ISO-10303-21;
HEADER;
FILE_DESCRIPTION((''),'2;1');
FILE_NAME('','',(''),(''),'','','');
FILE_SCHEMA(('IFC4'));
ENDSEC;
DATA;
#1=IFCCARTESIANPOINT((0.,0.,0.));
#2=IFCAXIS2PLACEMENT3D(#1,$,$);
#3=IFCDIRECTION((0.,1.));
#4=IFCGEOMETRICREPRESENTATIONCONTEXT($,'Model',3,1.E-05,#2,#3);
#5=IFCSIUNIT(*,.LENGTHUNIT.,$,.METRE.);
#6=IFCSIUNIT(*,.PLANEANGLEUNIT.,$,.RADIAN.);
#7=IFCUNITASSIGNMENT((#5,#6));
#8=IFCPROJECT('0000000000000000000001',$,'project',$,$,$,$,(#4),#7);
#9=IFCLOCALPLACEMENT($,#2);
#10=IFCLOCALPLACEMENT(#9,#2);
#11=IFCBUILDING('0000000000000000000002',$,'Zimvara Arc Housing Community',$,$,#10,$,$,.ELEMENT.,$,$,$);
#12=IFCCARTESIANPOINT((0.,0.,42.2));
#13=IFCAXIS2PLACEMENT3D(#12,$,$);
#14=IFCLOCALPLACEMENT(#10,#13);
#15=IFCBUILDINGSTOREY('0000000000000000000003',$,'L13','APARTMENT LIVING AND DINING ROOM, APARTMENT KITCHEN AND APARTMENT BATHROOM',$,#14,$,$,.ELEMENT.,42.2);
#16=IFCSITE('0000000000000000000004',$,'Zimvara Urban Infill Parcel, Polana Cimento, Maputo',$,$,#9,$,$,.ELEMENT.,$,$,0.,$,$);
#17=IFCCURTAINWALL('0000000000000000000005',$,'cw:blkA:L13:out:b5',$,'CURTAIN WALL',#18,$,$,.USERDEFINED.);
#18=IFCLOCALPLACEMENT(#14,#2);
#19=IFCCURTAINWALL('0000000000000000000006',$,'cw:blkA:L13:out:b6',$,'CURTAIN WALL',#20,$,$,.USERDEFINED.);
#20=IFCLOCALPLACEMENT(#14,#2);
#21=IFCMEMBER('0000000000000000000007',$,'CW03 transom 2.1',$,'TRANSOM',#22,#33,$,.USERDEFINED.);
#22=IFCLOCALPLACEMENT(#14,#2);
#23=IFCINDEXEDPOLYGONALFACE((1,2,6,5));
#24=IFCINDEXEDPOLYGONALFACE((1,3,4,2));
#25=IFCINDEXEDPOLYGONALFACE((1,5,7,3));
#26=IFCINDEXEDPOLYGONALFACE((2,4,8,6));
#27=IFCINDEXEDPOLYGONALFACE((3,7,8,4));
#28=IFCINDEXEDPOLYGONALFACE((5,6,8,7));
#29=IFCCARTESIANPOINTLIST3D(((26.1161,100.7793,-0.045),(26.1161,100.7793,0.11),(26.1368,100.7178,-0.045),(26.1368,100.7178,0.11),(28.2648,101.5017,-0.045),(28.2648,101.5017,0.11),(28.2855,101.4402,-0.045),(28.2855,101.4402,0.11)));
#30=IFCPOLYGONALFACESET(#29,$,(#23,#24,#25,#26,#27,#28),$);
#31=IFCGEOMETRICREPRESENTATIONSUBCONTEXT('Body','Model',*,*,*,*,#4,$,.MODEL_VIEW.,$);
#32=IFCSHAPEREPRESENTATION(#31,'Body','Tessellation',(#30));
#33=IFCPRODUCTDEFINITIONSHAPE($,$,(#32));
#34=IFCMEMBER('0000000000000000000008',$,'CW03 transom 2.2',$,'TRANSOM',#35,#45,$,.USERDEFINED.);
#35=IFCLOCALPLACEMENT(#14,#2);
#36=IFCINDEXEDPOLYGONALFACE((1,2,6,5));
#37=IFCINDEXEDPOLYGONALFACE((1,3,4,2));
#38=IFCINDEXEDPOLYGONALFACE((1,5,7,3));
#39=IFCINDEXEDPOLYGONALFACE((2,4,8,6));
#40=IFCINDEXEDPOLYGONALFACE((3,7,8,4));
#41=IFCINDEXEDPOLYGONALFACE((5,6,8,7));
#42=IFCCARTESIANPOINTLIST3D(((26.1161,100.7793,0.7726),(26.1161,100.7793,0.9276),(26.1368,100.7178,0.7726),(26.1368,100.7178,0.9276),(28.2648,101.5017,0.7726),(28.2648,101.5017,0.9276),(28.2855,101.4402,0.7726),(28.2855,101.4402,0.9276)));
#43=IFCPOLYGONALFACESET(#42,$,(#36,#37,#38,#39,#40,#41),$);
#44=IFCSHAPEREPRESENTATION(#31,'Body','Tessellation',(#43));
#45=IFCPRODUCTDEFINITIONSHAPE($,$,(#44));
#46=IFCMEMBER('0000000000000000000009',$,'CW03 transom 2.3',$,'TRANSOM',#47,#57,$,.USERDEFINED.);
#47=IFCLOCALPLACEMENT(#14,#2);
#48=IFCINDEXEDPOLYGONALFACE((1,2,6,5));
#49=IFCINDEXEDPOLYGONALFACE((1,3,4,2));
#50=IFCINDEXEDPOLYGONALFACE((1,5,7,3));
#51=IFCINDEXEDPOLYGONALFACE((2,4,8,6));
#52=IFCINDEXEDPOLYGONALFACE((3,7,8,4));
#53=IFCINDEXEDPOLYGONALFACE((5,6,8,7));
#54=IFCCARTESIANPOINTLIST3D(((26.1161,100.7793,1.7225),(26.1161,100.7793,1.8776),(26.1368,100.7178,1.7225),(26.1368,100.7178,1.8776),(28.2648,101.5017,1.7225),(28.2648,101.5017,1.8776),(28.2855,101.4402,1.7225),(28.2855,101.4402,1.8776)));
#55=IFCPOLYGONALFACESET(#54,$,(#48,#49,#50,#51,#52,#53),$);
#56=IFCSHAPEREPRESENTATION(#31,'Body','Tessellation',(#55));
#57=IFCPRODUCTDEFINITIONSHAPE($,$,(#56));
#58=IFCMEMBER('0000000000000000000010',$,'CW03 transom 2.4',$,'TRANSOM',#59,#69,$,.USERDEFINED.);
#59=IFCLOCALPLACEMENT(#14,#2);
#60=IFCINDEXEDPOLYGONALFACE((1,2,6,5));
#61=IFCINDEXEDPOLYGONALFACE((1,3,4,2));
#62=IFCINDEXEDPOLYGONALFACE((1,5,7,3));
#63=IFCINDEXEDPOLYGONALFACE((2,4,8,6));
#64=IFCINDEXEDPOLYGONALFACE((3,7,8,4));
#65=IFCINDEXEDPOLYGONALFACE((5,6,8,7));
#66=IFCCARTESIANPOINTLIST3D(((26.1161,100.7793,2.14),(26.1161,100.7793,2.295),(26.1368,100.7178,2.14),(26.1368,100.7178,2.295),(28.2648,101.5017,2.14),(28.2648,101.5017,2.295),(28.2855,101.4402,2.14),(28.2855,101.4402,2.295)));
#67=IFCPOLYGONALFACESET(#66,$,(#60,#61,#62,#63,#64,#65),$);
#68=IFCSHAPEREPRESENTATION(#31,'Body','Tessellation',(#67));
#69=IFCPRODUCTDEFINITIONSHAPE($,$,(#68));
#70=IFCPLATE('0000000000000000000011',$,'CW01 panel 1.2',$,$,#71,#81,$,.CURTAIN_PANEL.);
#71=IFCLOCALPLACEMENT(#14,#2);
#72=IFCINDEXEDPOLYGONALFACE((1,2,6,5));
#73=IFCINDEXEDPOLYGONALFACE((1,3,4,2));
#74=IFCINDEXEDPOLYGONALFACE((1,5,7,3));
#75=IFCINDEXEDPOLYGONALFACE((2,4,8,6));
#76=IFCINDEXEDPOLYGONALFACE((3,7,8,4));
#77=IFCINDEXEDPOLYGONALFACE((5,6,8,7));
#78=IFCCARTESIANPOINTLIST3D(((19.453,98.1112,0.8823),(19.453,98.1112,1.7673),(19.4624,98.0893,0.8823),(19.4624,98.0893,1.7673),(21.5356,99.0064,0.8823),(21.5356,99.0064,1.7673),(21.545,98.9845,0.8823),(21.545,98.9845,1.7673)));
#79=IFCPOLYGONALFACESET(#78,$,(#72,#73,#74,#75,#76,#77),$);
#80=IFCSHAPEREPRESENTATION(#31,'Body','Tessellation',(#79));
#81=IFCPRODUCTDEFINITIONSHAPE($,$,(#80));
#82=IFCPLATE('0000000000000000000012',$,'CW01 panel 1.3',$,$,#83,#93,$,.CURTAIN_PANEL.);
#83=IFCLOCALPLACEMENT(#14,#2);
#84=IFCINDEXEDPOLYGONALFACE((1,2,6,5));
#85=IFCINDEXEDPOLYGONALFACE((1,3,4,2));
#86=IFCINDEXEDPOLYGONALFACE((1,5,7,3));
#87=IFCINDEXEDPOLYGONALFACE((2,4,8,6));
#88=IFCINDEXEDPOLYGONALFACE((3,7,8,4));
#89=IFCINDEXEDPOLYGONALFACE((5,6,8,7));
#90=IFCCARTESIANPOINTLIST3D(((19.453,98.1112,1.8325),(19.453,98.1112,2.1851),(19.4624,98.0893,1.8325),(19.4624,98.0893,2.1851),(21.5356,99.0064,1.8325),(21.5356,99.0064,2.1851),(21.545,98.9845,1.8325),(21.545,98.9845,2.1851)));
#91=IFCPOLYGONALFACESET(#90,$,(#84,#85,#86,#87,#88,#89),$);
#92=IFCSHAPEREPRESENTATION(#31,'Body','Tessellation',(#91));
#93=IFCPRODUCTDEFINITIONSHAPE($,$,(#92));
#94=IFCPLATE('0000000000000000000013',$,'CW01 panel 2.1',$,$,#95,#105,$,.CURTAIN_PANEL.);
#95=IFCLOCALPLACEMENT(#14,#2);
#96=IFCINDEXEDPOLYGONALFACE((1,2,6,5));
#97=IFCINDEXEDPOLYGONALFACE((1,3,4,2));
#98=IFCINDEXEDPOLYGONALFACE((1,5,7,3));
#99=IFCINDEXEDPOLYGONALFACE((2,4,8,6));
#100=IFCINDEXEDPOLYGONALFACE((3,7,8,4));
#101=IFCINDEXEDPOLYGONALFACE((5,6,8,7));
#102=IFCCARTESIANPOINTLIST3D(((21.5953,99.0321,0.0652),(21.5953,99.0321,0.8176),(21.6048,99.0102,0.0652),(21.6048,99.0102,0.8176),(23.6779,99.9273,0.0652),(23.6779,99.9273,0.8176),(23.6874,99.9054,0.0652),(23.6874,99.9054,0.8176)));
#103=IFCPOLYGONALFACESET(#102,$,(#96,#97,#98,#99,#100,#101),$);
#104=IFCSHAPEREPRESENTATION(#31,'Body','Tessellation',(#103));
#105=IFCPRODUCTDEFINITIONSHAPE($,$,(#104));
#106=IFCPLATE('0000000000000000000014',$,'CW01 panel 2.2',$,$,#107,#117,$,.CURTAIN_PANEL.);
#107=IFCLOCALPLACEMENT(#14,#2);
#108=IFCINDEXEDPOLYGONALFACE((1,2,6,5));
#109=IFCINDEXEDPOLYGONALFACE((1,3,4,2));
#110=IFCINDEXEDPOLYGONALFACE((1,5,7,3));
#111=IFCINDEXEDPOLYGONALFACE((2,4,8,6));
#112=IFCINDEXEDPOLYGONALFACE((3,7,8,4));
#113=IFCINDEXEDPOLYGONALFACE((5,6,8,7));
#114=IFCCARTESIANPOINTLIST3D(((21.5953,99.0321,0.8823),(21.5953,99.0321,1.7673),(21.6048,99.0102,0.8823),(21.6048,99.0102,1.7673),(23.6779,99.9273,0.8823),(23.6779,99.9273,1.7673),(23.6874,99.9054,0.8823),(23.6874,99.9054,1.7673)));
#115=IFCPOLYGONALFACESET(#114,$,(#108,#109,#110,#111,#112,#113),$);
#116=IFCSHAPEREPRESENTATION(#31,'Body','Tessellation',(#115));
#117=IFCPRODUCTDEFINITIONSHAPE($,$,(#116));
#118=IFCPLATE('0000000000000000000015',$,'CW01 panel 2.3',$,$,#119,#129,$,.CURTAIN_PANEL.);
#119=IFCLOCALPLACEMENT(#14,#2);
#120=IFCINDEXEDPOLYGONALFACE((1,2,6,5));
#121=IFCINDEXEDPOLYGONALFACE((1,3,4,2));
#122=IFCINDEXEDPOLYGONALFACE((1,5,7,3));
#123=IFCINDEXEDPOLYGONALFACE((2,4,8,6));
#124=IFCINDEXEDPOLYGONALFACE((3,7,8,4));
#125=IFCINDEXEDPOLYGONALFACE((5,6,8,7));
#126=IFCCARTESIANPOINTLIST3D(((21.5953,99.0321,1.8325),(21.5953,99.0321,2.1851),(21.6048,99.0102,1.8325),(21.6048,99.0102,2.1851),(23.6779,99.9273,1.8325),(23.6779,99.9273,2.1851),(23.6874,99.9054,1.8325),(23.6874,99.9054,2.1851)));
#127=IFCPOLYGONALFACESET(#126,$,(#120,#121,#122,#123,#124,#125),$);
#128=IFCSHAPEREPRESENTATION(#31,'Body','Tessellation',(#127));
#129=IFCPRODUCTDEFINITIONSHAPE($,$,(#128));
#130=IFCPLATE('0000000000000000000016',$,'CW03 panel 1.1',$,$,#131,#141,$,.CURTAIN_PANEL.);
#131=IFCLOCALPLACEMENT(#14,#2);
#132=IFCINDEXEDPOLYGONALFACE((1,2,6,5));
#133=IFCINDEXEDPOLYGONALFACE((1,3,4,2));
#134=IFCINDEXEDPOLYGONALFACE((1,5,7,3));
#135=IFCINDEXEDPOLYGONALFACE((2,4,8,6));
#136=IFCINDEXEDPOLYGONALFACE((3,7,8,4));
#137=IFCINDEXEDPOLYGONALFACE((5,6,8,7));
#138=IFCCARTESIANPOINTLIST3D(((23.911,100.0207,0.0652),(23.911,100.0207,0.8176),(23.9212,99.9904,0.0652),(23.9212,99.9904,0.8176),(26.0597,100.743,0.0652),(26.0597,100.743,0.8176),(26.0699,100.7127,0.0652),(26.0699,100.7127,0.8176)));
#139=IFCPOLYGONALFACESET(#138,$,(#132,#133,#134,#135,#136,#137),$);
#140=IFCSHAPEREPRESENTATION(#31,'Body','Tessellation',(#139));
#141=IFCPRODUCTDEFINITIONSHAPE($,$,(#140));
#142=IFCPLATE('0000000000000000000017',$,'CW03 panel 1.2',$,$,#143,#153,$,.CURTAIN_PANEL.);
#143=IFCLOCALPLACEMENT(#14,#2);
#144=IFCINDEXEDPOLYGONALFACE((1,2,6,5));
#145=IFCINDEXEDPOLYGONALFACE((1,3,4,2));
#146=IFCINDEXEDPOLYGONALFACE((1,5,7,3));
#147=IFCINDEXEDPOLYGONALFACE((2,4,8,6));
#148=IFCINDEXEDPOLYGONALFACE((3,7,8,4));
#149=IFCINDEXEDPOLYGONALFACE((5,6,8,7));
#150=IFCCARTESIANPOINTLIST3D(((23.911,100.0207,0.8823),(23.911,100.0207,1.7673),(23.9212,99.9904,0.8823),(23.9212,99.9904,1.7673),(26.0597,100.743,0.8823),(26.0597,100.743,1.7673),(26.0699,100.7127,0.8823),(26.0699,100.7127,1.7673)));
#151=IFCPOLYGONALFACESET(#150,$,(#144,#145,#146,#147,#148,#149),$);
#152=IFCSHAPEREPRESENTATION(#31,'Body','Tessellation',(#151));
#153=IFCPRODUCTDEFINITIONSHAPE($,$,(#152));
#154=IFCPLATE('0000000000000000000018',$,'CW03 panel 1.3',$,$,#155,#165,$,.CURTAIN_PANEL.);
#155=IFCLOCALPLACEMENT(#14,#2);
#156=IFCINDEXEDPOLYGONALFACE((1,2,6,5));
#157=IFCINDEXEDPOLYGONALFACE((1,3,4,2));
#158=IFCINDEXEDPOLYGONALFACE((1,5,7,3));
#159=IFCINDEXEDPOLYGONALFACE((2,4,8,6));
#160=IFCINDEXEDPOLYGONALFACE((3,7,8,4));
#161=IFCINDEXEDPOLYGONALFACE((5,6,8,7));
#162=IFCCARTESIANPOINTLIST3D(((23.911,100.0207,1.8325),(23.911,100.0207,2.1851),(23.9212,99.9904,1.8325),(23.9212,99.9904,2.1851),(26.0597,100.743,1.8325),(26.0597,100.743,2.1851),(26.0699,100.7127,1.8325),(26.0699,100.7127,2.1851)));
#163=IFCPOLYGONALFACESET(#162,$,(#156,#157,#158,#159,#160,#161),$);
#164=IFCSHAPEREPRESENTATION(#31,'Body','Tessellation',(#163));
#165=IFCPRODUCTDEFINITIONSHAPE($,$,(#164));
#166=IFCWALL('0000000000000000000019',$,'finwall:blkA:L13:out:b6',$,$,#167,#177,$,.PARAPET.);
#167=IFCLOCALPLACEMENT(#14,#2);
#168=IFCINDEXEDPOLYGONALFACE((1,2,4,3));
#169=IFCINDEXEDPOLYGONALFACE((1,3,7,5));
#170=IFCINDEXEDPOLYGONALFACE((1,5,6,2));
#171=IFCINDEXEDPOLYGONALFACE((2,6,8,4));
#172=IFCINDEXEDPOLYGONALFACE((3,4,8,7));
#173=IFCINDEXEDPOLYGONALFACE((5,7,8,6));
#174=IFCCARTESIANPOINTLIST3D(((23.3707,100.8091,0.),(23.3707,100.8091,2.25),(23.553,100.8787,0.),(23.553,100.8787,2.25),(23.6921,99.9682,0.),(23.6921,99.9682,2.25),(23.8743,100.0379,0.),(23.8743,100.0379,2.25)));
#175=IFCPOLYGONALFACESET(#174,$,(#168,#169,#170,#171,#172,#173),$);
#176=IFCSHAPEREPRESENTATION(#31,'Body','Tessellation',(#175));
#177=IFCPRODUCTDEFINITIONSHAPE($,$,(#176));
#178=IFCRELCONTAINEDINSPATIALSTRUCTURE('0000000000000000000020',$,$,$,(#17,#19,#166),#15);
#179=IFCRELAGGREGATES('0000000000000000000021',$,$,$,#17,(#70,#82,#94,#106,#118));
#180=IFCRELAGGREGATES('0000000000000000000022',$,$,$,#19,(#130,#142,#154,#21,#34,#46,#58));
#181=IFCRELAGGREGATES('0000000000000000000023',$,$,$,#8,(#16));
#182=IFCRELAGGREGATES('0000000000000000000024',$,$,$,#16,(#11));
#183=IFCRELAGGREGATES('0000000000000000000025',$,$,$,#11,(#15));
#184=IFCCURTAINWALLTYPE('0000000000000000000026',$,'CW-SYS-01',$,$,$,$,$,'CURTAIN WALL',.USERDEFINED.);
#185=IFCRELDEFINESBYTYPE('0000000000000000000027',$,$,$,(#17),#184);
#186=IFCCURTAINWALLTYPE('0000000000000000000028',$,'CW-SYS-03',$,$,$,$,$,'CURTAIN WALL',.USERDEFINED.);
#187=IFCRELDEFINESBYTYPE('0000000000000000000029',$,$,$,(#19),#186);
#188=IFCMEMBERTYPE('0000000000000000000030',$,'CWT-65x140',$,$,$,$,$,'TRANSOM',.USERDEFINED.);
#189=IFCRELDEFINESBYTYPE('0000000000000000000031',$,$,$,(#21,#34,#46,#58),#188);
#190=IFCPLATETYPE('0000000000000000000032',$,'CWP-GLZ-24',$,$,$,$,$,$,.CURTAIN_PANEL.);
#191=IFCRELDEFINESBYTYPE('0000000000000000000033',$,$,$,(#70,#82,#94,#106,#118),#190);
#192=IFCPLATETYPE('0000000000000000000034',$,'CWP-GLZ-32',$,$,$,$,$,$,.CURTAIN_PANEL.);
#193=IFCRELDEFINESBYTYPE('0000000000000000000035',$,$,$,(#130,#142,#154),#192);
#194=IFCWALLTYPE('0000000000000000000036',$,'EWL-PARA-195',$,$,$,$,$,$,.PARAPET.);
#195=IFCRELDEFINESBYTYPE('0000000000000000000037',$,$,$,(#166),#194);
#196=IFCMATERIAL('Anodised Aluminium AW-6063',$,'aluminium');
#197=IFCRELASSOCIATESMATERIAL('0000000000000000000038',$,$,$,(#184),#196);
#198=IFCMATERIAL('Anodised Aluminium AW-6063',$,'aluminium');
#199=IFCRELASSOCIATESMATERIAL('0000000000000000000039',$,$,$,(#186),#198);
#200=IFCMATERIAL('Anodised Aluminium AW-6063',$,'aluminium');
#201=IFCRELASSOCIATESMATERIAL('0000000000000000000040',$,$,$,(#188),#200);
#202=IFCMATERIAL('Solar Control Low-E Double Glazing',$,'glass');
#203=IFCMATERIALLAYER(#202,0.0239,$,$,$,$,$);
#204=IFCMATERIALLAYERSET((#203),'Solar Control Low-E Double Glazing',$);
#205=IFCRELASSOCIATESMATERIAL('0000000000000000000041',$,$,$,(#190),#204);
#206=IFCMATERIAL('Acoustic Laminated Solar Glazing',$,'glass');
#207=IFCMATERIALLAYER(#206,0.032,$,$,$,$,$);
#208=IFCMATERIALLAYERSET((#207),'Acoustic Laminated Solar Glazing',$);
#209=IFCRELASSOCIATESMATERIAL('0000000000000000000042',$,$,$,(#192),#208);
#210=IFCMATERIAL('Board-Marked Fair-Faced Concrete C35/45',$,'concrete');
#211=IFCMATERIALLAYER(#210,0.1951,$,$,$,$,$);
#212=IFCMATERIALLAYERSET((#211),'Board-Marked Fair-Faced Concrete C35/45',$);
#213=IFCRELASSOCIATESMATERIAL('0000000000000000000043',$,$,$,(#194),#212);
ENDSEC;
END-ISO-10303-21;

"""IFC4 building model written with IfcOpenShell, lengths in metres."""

from ifc_helpers import new_model, si_unit, direction, frame, frame_2d, origin, origin_2d, place, context, subcontext, project, spatial, rectangle, extrude, material, layer, layer_set, material_profile, profile_set, type_object, element, aggregate, save


model = new_model("IFC4")

# Units and contexts
model_context = context("Model", 3, precision=1e-05, world=origin(), true_north=direction((0.0, 1.0)))
body_context = subcontext(model_context, "Body", "Model", "MODEL_VIEW")
ifc_project = project(units=[si_unit("LENGTHUNIT", "METRE"), si_unit("PLANEANGLEUNIT", "RADIAN")], contexts=[model_context])

# Site, building, storey
site_placement = place(None, origin())
site = spatial("IfcSite", under=ifc_project, at=site_placement, Name="Zimvara Urban Infill Parcel, Polana Cimento, Maputo", CompositionType="ELEMENT", RefElevation=0.0)
building_placement = place(site_placement, origin())
building = spatial("IfcBuilding", under=site, at=building_placement, Name="Zimvara Arc Housing Community", CompositionType="ELEMENT")
storey_placement = place(building_placement, frame((0.0, 0.0, 42.2)))
storey = spatial("IfcBuildingStorey", under=building, at=storey_placement, Name="L13", Description="APARTMENT LIVING AND DINING ROOM, APARTMENT KITCHEN AND APARTMENT BATHROOM", CompositionType="ELEMENT", Elevation=42.2)

# Curtain walls
ifc_material_1 = material(Name="Anodised Aluminium AW-6063", Category="aluminium")
curtain_wall_type_1 = type_object("IfcCurtainWallType", Name="CW-SYS-01", ElementType="CURTAIN WALL", PredefinedType="USERDEFINED", material=ifc_material_1)
curtain_wall_1_placement = place(storey_placement, origin())
curtain_wall_1 = element("IfcCurtainWall", 1, at=curtain_wall_1_placement, inside=storey, type_object=curtain_wall_type_1, Name="cw:blkA:L13:out:b5", ObjectType="CURTAIN WALL", PredefinedType="USERDEFINED")
ifc_material_2 = material(Name="Anodised Aluminium AW-6063", Category="aluminium")
curtain_wall_type_2 = type_object("IfcCurtainWallType", Name="CW-SYS-03", ElementType="CURTAIN WALL", PredefinedType="USERDEFINED", material=ifc_material_2)
curtain_wall_2_placement = place(storey_placement, origin())
curtain_wall_2 = element("IfcCurtainWall", 2, at=curtain_wall_2_placement, inside=storey, type_object=curtain_wall_type_2, Name="cw:blkA:L13:out:b6", ObjectType="CURTAIN WALL", PredefinedType="USERDEFINED")

# Members
ifc_material_3 = material(Name="Anodised Aluminium AW-6063", Category="aluminium")
ifc_material_profile_1 = material_profile(ifc_material_3, rectangle(XDim=0.0649, YDim=0.155, at=origin_2d()), Name="ALU 65x155")
ifc_profile_set_1 = profile_set([ifc_material_profile_1], Name="Anodised Aluminium AW-6063")
member_type_1 = type_object("IfcMemberType", Name="CWT-65x140", ElementType="TRANSOM", PredefinedType="USERDEFINED", material=ifc_profile_set_1)
member_1_placement = place(storey_placement, frame((26.1265, 100.7485, 0.0325), z_axis=(0.947862, 0.318682, 0.0), x_axis=(-0.318682, 0.947862, 0.0)))
member_1 = element("IfcMember", 3, at=member_1_placement, type_object=member_type_1, Name="CW03 transom 2.1", ObjectType="TRANSOM", PredefinedType="USERDEFINED", context=body_context, shape_type="SweptSolid", body=[
    extrude(rectangle(XDim=0.0649, YDim=0.155, at=origin_2d()), origin(), (0.0, 0.0, 1.0), 2.2668),
])
member_2_placement = place(storey_placement, frame((26.1265, 100.7485, 0.8501), z_axis=(0.947862, 0.318682, 0.0), x_axis=(-0.318682, 0.947862, 0.0)))
member_2 = element("IfcMember", 4, at=member_2_placement, type_object=member_type_1, Name="CW03 transom 2.2", ObjectType="TRANSOM", PredefinedType="USERDEFINED", context=body_context, shape_type="SweptSolid", body=[
    extrude(rectangle(XDim=0.0649, YDim=0.155, at=origin_2d()), origin(), (0.0, 0.0, 1.0), 2.2668),
])
member_3_placement = place(storey_placement, frame((26.1265, 100.7485, 1.8), z_axis=(0.947862, 0.318682, 0.0), x_axis=(-0.318682, 0.947862, 0.0)))
member_3 = element("IfcMember", 5, at=member_3_placement, type_object=member_type_1, Name="CW03 transom 2.3", ObjectType="TRANSOM", PredefinedType="USERDEFINED", context=body_context, shape_type="SweptSolid", body=[
    extrude(rectangle(XDim=0.0649, YDim=0.155, at=origin_2d()), origin(), (0.0, 0.0, 1.0), 2.2668),
])
member_4_placement = place(storey_placement, frame((26.1265, 100.7485, 2.2175), z_axis=(0.947862, 0.318682, 0.0), x_axis=(-0.318682, 0.947862, 0.0)))
member_4 = element("IfcMember", 6, at=member_4_placement, type_object=member_type_1, Name="CW03 transom 2.4", ObjectType="TRANSOM", PredefinedType="USERDEFINED", context=body_context, shape_type="SweptSolid", body=[
    extrude(rectangle(XDim=0.0649, YDim=0.155, at=origin_2d()), origin(), (0.0, 0.0, 1.0), 2.2668),
])

# Plates
ifc_material_4 = material(Name="Solar Control Low-E Double Glazing", Category="glass")
ifc_layer_1 = layer(ifc_material_4, 0.0239)
ifc_layer_set_1 = layer_set([ifc_layer_1], Name="Solar Control Low-E Double Glazing")
plate_type_1 = type_object("IfcPlateType", Name="CWP-GLZ-24", PredefinedType="CURTAIN_PANEL", material=ifc_layer_set_1)
plate_1_placement = place(storey_placement, frame((20.499, 98.5479, 0.8823), z_axis=(0.0, 0.0, 1.0), x_axis=(0.918722, 0.394904, 0.0)))
plate_1 = element("IfcPlate", 7, at=plate_1_placement, type_object=plate_type_1, Name="CW01 panel 1.2", PredefinedType="CURTAIN_PANEL", context=body_context, shape_type="SweptSolid", body=[
    extrude(rectangle(XDim=2.2668, YDim=0.0239, at=origin_2d()), origin(), (0.0, 0.0, 1.0), 0.885),
])
plate_2_placement = place(storey_placement, frame((20.499, 98.5479, 1.8325), z_axis=(0.0, 0.0, 1.0), x_axis=(0.918722, 0.394904, 0.0)))
plate_2 = element("IfcPlate", 8, at=plate_2_placement, type_object=plate_type_1, Name="CW01 panel 1.3", PredefinedType="CURTAIN_PANEL", context=body_context, shape_type="SweptSolid", body=[
    extrude(rectangle(XDim=2.2668, YDim=0.0239, at=origin_2d()), origin(), (0.0, 0.0, 1.0), 0.3525),
])
plate_3_placement = place(storey_placement, frame((22.6414, 99.4688, 0.0652), z_axis=(0.0, 0.0, 1.0), x_axis=(0.918722, 0.394904, 0.0)))
plate_3 = element("IfcPlate", 9, at=plate_3_placement, type_object=plate_type_1, Name="CW01 panel 2.1", PredefinedType="CURTAIN_PANEL", context=body_context, shape_type="SweptSolid", body=[
    extrude(rectangle(XDim=2.2668, YDim=0.0239, at=origin_2d()), origin(), (0.0, 0.0, 1.0), 0.7524),
])
plate_4_placement = place(storey_placement, frame((22.6414, 99.4688, 0.8823), z_axis=(0.0, 0.0, 1.0), x_axis=(0.918722, 0.394904, 0.0)))
plate_4 = element("IfcPlate", 10, at=plate_4_placement, type_object=plate_type_1, Name="CW01 panel 2.2", PredefinedType="CURTAIN_PANEL", context=body_context, shape_type="SweptSolid", body=[
    extrude(rectangle(XDim=2.2668, YDim=0.0239, at=origin_2d()), origin(), (0.0, 0.0, 1.0), 0.885),
])
plate_5_placement = place(storey_placement, frame((22.6414, 99.4688, 1.8325), z_axis=(0.0, 0.0, 1.0), x_axis=(0.918722, 0.394904, 0.0)))
plate_5 = element("IfcPlate", 11, at=plate_5_placement, type_object=plate_type_1, Name="CW01 panel 2.3", PredefinedType="CURTAIN_PANEL", context=body_context, shape_type="SweptSolid", body=[
    extrude(rectangle(XDim=2.2668, YDim=0.0239, at=origin_2d()), origin(), (0.0, 0.0, 1.0), 0.3525),
])
aggregate(curtain_wall_1, [plate_1, plate_2, plate_3, plate_4, plate_5])
ifc_material_5 = material(Name="Acoustic Laminated Solar Glazing", Category="glass")
ifc_layer_2 = layer(ifc_material_5, 0.032)
ifc_layer_set_2 = layer_set([ifc_layer_2], Name="Acoustic Laminated Solar Glazing")
plate_type_2 = type_object("IfcPlateType", Name="CWP-GLZ-32", PredefinedType="CURTAIN_PANEL", material=ifc_layer_set_2)
plate_6_placement = place(storey_placement, frame((24.9905, 100.3667, 0.0652), z_axis=(0.0, 0.0, 1.0), x_axis=(0.94788, 0.318629, 0.0)))
plate_6 = element("IfcPlate", 12, at=plate_6_placement, type_object=plate_type_2, Name="CW03 panel 1.1", PredefinedType="CURTAIN_PANEL", context=body_context, shape_type="SweptSolid", body=[
    extrude(rectangle(XDim=2.2668, YDim=0.032, at=origin_2d()), origin(), (0.0, 0.0, 1.0), 0.7524),
])
plate_7_placement = place(storey_placement, frame((24.9905, 100.3667, 0.8823), z_axis=(0.0, 0.0, 1.0), x_axis=(0.94788, 0.318629, 0.0)))
plate_7 = element("IfcPlate", 13, at=plate_7_placement, type_object=plate_type_2, Name="CW03 panel 1.2", PredefinedType="CURTAIN_PANEL", context=body_context, shape_type="SweptSolid", body=[
    extrude(rectangle(XDim=2.2668, YDim=0.032, at=origin_2d()), origin(), (0.0, 0.0, 1.0), 0.885),
])
plate_8_placement = place(storey_placement, frame((24.9905, 100.3667, 1.8325), z_axis=(0.0, 0.0, 1.0), x_axis=(0.94788, 0.318629, 0.0)))
plate_8 = element("IfcPlate", 14, at=plate_8_placement, type_object=plate_type_2, Name="CW03 panel 1.3", PredefinedType="CURTAIN_PANEL", context=body_context, shape_type="SweptSolid", body=[
    extrude(rectangle(XDim=2.2668, YDim=0.032, at=origin_2d()), origin(), (0.0, 0.0, 1.0), 0.3525),
])
aggregate(curtain_wall_2, [plate_6, plate_7, plate_8, member_1, member_2, member_3, member_4])

# Wall
ifc_material_6 = material(Name="Board-Marked Fair-Faced Concrete C35/45", Category="concrete")
ifc_layer_3 = layer(ifc_material_6, 0.1951)
ifc_layer_set_3 = layer_set([ifc_layer_3], Name="Board-Marked Fair-Faced Concrete C35/45")
wall_type = type_object("IfcWallType", Name="EWL-PARA-195", PredefinedType="PARAPET", material=ifc_layer_set_3)
wall_placement = place(storey_placement, frame((23.7832, 100.0029, 0.0), z_axis=(0.0, 0.0, 1.0), x_axis=(-0.356943, 0.934126, 0.0)))
element("IfcWall", 15, at=wall_placement, inside=storey, type_object=wall_type, Name="finwall:blkA:L13:out:b6", PredefinedType="PARAPET", context=body_context, shape_type="SweptSolid", body=[
    extrude(rectangle(XDim=0.9001, YDim=0.1951, at=frame_2d((0.4502, 0.0))), origin(), (0.0, 0.0, 1.0), 2.25),
])

save(model, "model.ifc")
